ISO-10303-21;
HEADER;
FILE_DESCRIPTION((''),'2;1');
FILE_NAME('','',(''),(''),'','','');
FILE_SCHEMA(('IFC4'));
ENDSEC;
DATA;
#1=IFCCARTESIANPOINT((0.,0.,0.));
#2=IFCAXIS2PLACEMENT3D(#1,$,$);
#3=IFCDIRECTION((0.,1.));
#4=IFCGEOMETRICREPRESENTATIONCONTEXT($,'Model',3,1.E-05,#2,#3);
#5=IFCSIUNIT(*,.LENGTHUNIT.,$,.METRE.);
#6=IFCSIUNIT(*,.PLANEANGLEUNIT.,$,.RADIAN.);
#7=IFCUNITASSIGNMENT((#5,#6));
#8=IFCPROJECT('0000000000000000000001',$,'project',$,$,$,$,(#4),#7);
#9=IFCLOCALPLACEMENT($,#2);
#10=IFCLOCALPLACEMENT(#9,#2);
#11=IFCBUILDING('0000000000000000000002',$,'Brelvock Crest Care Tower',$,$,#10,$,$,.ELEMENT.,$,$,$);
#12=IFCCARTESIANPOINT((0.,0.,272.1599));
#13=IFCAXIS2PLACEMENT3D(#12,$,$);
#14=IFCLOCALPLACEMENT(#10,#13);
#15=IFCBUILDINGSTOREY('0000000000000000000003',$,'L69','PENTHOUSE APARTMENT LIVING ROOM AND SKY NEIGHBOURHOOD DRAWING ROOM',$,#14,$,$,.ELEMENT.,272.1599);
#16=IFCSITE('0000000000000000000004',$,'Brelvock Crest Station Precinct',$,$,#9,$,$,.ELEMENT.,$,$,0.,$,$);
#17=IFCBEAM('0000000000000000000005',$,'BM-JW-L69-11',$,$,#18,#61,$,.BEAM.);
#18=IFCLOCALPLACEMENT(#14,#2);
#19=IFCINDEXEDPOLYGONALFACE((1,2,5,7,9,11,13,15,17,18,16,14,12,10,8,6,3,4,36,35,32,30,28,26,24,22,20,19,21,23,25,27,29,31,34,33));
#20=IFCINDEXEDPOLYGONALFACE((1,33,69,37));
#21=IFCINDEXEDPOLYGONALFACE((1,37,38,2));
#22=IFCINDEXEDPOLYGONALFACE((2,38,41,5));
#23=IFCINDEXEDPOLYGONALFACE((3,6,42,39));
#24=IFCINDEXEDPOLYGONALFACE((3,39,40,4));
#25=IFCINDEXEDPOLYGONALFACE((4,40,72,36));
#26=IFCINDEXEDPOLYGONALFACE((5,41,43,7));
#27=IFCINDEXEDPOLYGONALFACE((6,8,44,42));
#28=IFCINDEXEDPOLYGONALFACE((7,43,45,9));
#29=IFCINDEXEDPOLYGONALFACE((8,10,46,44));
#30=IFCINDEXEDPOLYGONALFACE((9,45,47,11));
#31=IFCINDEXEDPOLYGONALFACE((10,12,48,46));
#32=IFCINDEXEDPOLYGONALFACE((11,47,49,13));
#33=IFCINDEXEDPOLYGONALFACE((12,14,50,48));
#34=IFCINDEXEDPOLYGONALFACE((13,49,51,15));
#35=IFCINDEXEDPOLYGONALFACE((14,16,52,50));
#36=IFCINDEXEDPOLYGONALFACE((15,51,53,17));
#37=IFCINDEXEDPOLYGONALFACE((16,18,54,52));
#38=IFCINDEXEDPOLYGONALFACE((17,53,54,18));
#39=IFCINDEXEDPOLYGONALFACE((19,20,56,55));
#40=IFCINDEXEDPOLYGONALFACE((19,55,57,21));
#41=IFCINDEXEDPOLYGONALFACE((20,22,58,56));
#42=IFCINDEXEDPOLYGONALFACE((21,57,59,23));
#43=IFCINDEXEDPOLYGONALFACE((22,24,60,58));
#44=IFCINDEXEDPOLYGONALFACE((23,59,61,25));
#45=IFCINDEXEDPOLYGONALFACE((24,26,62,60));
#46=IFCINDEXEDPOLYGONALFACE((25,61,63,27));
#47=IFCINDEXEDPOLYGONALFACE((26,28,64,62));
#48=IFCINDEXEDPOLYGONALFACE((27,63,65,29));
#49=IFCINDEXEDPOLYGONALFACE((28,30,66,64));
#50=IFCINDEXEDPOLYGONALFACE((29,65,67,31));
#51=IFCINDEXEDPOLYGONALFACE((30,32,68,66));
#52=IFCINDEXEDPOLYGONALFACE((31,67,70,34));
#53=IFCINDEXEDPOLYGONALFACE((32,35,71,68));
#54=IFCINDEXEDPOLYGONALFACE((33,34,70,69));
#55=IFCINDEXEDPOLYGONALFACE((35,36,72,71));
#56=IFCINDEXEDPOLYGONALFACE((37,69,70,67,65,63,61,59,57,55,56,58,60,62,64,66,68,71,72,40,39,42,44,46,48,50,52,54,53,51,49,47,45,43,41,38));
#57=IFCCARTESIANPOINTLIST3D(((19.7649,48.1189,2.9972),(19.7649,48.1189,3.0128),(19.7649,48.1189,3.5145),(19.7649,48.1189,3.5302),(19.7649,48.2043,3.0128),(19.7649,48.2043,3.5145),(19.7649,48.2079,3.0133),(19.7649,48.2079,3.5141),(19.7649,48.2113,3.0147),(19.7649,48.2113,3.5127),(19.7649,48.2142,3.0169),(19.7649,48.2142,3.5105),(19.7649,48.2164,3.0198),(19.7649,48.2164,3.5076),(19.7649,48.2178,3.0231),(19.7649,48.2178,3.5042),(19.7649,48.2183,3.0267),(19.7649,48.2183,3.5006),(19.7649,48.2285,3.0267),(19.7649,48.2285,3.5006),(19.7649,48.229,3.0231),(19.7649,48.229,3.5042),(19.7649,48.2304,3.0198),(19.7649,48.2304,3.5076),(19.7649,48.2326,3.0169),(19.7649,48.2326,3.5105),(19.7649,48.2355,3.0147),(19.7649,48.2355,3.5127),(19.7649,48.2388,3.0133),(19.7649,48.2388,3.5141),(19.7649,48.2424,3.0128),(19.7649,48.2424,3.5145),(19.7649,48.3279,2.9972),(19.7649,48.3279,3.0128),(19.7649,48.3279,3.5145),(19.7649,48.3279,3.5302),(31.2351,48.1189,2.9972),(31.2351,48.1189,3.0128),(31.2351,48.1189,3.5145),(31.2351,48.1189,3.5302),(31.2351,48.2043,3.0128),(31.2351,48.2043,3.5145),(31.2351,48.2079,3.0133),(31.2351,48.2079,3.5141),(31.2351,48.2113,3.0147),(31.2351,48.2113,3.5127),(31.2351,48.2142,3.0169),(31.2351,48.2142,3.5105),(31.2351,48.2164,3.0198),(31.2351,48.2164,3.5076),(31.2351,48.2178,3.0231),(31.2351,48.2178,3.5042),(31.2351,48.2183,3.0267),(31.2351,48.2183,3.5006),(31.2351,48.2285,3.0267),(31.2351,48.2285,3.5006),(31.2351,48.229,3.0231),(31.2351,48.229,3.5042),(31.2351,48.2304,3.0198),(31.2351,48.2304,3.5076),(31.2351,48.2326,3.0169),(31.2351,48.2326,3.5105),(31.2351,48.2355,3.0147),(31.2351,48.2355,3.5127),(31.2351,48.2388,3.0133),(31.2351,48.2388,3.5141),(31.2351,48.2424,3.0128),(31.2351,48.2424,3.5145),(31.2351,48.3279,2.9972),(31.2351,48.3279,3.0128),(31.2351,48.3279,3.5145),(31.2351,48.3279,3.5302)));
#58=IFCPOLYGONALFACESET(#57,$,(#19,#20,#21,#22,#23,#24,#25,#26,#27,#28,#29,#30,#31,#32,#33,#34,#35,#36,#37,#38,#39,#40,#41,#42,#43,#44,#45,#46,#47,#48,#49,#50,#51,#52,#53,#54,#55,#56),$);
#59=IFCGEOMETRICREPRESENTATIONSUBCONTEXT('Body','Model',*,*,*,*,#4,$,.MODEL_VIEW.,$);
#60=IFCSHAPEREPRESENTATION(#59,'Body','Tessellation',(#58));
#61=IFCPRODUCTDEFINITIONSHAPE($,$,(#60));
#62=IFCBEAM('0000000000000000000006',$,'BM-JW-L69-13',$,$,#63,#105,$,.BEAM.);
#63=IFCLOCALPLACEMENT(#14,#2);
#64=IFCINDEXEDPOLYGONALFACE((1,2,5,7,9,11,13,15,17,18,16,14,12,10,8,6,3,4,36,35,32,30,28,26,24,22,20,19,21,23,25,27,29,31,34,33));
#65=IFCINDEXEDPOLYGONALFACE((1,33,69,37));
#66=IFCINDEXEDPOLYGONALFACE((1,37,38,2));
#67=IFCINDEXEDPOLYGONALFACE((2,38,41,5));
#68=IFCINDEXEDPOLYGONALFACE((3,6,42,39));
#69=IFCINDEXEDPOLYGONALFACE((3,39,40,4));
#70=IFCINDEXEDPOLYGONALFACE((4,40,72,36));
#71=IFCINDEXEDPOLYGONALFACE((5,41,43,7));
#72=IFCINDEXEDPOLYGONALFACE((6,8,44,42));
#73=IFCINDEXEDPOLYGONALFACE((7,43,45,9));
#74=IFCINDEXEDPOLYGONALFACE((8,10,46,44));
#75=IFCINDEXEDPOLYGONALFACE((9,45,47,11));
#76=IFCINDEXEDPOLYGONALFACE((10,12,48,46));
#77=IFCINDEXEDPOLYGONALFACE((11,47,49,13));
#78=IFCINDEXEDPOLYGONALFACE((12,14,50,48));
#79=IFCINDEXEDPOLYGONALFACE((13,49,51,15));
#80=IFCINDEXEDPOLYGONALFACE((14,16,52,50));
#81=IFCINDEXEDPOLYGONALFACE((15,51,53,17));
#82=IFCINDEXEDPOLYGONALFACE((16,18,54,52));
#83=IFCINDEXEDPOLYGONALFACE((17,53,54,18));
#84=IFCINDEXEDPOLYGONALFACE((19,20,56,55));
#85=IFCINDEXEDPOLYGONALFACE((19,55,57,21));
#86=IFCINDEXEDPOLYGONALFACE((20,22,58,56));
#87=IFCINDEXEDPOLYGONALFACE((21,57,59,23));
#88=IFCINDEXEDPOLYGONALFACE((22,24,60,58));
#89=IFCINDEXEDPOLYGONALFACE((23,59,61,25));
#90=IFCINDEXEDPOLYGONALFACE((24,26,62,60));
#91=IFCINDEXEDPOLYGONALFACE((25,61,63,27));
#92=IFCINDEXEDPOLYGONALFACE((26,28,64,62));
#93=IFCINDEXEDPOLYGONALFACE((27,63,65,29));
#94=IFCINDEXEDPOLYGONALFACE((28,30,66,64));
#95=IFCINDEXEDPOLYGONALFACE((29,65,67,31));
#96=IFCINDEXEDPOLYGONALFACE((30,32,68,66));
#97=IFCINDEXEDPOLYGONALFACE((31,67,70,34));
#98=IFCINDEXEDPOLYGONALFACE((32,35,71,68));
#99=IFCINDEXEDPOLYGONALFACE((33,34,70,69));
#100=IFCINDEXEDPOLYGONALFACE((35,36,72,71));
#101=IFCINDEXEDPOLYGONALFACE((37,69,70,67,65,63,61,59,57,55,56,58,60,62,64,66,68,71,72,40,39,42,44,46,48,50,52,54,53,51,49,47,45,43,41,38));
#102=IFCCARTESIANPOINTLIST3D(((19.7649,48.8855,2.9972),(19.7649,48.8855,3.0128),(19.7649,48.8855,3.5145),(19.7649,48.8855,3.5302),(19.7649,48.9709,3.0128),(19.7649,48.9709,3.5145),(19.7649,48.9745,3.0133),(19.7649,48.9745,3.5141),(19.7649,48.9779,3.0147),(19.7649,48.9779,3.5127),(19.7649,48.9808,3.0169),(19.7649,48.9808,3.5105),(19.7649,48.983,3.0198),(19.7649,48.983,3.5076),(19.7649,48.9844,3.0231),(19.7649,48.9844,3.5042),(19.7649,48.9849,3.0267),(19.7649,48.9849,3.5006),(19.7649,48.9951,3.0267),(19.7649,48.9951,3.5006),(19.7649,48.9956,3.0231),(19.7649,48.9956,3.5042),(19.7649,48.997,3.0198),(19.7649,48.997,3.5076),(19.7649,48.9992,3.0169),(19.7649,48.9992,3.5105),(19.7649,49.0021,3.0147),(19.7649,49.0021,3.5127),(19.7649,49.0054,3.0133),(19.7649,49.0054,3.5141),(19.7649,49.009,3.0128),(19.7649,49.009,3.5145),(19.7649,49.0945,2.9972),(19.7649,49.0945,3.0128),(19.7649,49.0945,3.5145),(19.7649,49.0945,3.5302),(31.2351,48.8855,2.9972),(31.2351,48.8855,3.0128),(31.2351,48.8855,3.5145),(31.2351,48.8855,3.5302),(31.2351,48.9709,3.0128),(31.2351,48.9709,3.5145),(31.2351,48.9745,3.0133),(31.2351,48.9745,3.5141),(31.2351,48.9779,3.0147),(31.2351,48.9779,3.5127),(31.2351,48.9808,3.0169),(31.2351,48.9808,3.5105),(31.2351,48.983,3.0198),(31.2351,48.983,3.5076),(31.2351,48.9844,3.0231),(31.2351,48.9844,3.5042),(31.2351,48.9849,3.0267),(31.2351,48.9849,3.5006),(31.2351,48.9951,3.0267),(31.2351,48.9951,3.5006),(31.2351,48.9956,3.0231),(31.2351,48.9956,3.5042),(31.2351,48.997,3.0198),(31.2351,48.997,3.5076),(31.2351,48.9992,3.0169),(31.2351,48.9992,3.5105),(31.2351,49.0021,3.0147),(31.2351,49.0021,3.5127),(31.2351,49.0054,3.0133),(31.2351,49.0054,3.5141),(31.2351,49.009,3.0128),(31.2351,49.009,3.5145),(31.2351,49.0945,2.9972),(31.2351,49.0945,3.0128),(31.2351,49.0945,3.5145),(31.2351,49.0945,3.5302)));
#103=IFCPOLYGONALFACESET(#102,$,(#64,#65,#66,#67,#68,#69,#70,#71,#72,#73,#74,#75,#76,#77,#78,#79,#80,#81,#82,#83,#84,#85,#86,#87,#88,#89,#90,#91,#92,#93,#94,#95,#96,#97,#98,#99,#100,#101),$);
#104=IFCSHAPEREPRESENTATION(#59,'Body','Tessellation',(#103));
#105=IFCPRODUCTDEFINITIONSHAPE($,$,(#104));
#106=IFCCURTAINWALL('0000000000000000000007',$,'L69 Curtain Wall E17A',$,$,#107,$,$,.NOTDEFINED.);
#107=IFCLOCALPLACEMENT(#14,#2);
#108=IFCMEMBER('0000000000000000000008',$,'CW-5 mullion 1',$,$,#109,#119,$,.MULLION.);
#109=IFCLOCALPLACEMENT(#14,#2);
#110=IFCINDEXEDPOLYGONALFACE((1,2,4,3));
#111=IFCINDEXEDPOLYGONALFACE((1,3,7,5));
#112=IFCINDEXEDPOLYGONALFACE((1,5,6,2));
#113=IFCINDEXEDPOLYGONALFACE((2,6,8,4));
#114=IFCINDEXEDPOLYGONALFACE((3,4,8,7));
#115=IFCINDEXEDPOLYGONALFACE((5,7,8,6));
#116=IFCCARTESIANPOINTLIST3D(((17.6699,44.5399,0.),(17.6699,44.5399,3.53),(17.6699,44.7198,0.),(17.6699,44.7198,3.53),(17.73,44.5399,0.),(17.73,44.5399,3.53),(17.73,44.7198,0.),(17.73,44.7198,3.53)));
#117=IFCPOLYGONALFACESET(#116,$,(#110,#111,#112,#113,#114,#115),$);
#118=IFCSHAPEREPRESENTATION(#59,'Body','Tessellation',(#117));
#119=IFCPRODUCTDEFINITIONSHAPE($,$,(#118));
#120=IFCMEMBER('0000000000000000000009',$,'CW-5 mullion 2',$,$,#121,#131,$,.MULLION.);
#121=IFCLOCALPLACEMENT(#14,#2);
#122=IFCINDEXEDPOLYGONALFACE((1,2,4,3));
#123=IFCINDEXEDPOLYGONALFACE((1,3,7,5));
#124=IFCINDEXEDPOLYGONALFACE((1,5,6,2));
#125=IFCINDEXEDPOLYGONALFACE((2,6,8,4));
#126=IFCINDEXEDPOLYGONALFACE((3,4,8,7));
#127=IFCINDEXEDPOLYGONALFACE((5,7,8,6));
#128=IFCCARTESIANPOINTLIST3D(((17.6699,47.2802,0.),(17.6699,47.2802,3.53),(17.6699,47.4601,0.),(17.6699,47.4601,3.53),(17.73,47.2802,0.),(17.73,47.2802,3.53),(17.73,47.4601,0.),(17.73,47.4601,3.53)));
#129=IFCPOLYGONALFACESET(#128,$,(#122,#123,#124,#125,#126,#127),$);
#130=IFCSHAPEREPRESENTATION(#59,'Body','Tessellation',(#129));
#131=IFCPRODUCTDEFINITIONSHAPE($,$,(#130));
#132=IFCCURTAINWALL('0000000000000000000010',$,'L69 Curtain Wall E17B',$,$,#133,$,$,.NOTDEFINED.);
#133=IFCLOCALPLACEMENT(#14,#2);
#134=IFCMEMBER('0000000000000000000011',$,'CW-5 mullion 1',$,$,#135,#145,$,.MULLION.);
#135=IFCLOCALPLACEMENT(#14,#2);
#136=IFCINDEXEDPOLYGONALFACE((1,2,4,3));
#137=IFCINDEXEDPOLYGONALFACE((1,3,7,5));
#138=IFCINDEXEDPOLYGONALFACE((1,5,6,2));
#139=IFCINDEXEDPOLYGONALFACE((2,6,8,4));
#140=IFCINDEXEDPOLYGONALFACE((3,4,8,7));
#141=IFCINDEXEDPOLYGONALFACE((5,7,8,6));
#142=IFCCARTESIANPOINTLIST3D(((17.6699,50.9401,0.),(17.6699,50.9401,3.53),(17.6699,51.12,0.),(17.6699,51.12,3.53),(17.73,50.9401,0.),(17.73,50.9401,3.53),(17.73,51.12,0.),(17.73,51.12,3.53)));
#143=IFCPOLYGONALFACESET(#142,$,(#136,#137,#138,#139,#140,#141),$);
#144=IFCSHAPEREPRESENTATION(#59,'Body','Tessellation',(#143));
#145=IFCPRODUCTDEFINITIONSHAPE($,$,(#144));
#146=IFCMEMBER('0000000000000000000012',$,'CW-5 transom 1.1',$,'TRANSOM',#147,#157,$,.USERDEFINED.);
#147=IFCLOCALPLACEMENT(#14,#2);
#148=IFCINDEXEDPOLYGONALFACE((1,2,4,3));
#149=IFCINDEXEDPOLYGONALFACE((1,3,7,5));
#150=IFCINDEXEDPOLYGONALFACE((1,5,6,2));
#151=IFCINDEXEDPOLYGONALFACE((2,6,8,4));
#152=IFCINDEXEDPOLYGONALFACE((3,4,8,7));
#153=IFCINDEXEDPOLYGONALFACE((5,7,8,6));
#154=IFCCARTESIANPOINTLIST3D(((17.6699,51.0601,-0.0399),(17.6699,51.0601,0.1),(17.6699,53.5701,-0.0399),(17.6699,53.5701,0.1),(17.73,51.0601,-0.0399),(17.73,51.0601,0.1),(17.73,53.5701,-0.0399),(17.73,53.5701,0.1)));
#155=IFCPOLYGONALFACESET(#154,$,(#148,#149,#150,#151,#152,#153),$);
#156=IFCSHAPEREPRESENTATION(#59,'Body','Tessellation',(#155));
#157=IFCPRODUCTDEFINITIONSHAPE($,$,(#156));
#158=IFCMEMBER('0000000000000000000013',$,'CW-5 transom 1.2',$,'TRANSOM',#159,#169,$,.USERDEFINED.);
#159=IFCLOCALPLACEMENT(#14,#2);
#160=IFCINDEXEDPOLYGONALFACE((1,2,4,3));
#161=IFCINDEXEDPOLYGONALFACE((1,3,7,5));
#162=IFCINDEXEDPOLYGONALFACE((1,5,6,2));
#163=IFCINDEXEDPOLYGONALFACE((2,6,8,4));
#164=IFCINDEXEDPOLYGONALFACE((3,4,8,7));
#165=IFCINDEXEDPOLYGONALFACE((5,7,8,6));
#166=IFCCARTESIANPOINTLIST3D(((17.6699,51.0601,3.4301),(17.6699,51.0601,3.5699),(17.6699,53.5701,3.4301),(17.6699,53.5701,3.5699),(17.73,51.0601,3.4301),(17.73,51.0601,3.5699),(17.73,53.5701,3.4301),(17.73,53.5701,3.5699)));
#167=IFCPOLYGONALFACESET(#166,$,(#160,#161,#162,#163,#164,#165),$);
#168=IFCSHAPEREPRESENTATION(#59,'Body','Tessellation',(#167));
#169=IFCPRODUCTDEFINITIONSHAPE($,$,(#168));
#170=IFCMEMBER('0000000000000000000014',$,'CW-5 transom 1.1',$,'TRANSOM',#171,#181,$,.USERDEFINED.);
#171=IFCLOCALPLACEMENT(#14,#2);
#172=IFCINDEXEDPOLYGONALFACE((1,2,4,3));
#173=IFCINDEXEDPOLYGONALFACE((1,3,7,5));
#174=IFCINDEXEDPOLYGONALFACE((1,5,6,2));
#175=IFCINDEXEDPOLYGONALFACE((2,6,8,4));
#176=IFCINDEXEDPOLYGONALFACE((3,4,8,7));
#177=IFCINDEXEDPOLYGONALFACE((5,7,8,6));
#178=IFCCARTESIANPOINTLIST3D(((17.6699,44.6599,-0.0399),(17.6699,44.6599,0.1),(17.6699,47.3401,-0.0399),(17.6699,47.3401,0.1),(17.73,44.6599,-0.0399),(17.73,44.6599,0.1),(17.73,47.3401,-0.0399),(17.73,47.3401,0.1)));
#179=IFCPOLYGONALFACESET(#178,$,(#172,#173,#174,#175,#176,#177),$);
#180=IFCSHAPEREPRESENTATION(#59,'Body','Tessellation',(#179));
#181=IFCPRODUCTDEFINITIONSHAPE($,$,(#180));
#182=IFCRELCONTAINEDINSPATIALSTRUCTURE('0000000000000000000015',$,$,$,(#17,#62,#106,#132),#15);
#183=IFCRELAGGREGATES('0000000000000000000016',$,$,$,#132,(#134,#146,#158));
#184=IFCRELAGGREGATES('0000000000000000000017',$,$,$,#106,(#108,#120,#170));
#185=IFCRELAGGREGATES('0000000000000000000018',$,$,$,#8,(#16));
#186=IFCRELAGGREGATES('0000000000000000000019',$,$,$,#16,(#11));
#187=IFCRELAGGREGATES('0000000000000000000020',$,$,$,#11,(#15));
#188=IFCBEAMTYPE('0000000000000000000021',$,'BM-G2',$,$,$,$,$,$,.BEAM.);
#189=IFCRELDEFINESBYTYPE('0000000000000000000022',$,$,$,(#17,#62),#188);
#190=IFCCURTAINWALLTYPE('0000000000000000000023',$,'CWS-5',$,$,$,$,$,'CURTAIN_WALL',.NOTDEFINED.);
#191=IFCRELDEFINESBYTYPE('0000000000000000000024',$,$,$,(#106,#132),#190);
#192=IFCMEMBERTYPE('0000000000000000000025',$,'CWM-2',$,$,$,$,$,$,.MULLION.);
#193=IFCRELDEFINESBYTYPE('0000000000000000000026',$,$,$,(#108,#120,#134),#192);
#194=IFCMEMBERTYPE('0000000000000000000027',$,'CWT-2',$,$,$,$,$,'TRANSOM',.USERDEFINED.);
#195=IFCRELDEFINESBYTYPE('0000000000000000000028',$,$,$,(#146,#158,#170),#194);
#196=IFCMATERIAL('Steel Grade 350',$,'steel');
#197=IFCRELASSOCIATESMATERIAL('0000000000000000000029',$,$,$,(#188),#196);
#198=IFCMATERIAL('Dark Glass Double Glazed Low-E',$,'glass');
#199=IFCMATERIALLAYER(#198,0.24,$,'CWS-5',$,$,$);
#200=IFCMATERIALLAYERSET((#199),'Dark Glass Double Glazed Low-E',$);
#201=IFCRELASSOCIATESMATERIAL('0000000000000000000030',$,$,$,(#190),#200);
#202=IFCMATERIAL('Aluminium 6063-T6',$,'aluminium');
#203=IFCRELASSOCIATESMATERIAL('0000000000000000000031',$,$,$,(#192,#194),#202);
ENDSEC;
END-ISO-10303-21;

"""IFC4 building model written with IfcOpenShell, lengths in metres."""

from ifc_helpers import new_model, si_unit, direction, frame, origin, origin_2d, place, context, subcontext, project, spatial, rectangle, i_section, extrude, source, transform, mapped, material, layer, layer_set, material_profile, profile_set, type_object, element, aggregate, save


model = new_model("IFC4")

# Units and contexts
model_context = context("Model", 3, precision=1e-05, world=origin(), true_north=direction((0.0, 1.0)))
body_context = subcontext(model_context, "Body", "Model", "MODEL_VIEW")
ifc_project = project(units=[si_unit("LENGTHUNIT", "METRE"), si_unit("PLANEANGLEUNIT", "RADIAN")], contexts=[model_context])

# Site, building, storey
site_placement = place(None, origin())
site = spatial("IfcSite", under=ifc_project, at=site_placement, Name="Brelvock Crest Station Precinct", CompositionType="ELEMENT", RefElevation=0.0)
building_placement = place(site_placement, origin())
building = spatial("IfcBuilding", under=site, at=building_placement, Name="Brelvock Crest Care Tower", CompositionType="ELEMENT")
storey_placement = place(building_placement, frame((0.0, 0.0, 272.1599)))
storey = spatial("IfcBuildingStorey", under=building, at=storey_placement, Name="L69", Description="PENTHOUSE APARTMENT LIVING ROOM AND SKY NEIGHBOURHOOD DRAWING ROOM", CompositionType="ELEMENT", Elevation=272.1599)

# Beams
ifc_material_1 = material(Name="Steel Grade 350", Category="steel")
ifc_material_profile_1 = material_profile(ifc_material_1, i_section(OverallWidth=0.209, OverallDepth=0.533, WebThickness=0.0103, FlangeThickness=0.0156, FilletRadius=0.0139, at=origin_2d()), Name="530UB92.4")
ifc_profile_set_1 = profile_set([ifc_material_profile_1], Name="Steel Grade 350")
beam_type_1 = type_object("IfcBeamType", Name="BM-G2", PredefinedType="BEAM", material=ifc_profile_set_1)
shared_shape_1 = source(origin(), body_context, "Body", "SweptSolid", [
    extrude(i_section(OverallWidth=0.209, OverallDepth=0.533, WebThickness=0.0103, FlangeThickness=0.0156, FilletRadius=0.0139, at=origin_2d()), origin(), (0.0, 0.0, 1.0), 11.4702),
])
for number, where, z_axis, x_axis, name in (
    (1, (19.7649, 48.2234, 3.2637), (1.0, 0.0, 0.0), (0.0, 1.0, 0.0), "BM-JW-L69-11"),
    (2, (19.7649, 48.99, 3.2637), (1.0, 0.0, 0.0), (0.0, 1.0, 0.0), "BM-JW-L69-13"),
):
    element("IfcBeam", number, at=place(storey_placement, frame(where, z_axis=z_axis, x_axis=x_axis)), inside=storey, type_object=beam_type_1, Name=name, PredefinedType="BEAM", context=body_context, shape_type="MappedRepresentation", body=[
        mapped(shared_shape_1, transform((0.0, 0.0, 0.0), x_axis=(1.0, 0.0, 0.0), y_axis=(0.0, 1.0, 0.0), z_axis=(0.0, 0.0, 1.0), scale=1.0)),
    ])

# Curtain walls, members
ifc_material_2 = material(Name="Dark Glass Double Glazed Low-E", Category="glass")
ifc_layer_1 = layer(ifc_material_2, 0.24, Name="CWS-5")
ifc_layer_set_1 = layer_set([ifc_layer_1], Name="Dark Glass Double Glazed Low-E")
curtain_wall_type = type_object("IfcCurtainWallType", Name="CWS-5", ElementType="CURTAIN_WALL", PredefinedType="NOTDEFINED", material=ifc_layer_set_1)
curtain_wall_1_placement = place(storey_placement, origin())
curtain_wall_1 = element("IfcCurtainWall", 3, at=curtain_wall_1_placement, inside=storey, type_object=curtain_wall_type, Name="L69 Curtain Wall E17A", PredefinedType="NOTDEFINED")
ifc_material_3 = material(Name="Aluminium 6063-T6", Category="aluminium")
ifc_material_profile_2 = material_profile(ifc_material_3, rectangle(XDim=0.0601, YDim=0.1799, at=origin_2d()), Name="ALU60x180")
ifc_profile_set_2 = profile_set([ifc_material_profile_2], Name="Aluminium 6063-T6")
member_type_1 = type_object("IfcMemberType", Name="CWM-2", PredefinedType="MULLION", material=ifc_profile_set_2)
shared_shape_2 = source(origin(), body_context, "Body", "SweptSolid", [
    extrude(rectangle(XDim=0.0601, YDim=0.1799, at=origin_2d()), origin(), (0.0, 0.0, 1.0), 3.53),
])
member_1_placement = place(storey_placement, frame((17.7, 44.6299, 0.0), z_axis=(0.0, 0.0, 1.0), x_axis=(-1.0, 0.0, 0.0)))
member_1 = element("IfcMember", 4, at=member_1_placement, type_object=member_type_1, Name="CW-5 mullion 1", PredefinedType="MULLION", context=body_context, shape_type="MappedRepresentation", body=[
    mapped(shared_shape_2, transform((0.0, 0.0, 0.0), x_axis=(1.0, 0.0, 0.0), y_axis=(0.0, 1.0, 0.0), z_axis=(0.0, 0.0, 1.0), scale=1.0)),
])
member_2_placement = place(storey_placement, frame((17.7, 47.3701, 0.0), z_axis=(0.0, 0.0, 1.0), x_axis=(-1.0, 0.0, 0.0)))
member_2 = element("IfcMember", 5, at=member_2_placement, type_object=member_type_1, Name="CW-5 mullion 2", PredefinedType="MULLION", context=body_context, shape_type="MappedRepresentation", body=[
    mapped(shared_shape_2, transform((0.0, 0.0, 0.0), x_axis=(1.0, 0.0, 0.0), y_axis=(0.0, 1.0, 0.0), z_axis=(0.0, 0.0, 1.0), scale=1.0)),
])
curtain_wall_2_placement = place(storey_placement, origin())
curtain_wall_2 = element("IfcCurtainWall", 6, at=curtain_wall_2_placement, inside=storey, type_object=curtain_wall_type, Name="L69 Curtain Wall E17B", PredefinedType="NOTDEFINED")
member_3_placement = place(storey_placement, frame((17.7, 51.03, 0.0), z_axis=(0.0, 0.0, 1.0), x_axis=(-1.0, 0.0, 0.0)))
member_3 = element("IfcMember", 7, at=member_3_placement, type_object=member_type_1, Name="CW-5 mullion 1", PredefinedType="MULLION", context=body_context, shape_type="MappedRepresentation", body=[
    mapped(shared_shape_2, transform((0.0, 0.0, 0.0), x_axis=(1.0, 0.0, 0.0), y_axis=(0.0, 1.0, 0.0), z_axis=(0.0, 0.0, 1.0), scale=1.0)),
])
ifc_material_profile_3 = material_profile(ifc_material_3, rectangle(XDim=0.0601, YDim=0.1399, at=origin_2d()), Name="ALU60x140")
ifc_profile_set_3 = profile_set([ifc_material_profile_3], Name="Aluminium 6063-T6")
member_type_2 = type_object("IfcMemberType", Name="CWT-2", ElementType="TRANSOM", PredefinedType="USERDEFINED", material=ifc_profile_set_3)
shared_shape_3 = source(origin(), body_context, "Body", "SweptSolid", [
    extrude(rectangle(XDim=0.0601, YDim=0.1399, at=origin_2d()), origin(), (0.0, 0.0, 1.0), 2.51),
])
member_4_placement = place(storey_placement, frame((17.7, 51.0601, 0.03), z_axis=(0.0, 1.0, 0.0), x_axis=(-1.0, 0.0, 0.0)))
member_4 = element("IfcMember", 8, at=member_4_placement, type_object=member_type_2, Name="CW-5 transom 1.1", ObjectType="TRANSOM", PredefinedType="USERDEFINED", context=body_context, shape_type="MappedRepresentation", body=[
    mapped(shared_shape_3, transform((0.0, 0.0, 0.0), x_axis=(1.0, 0.0, 0.0), y_axis=(0.0, 1.0, 0.0), z_axis=(0.0, 0.0, 1.0), scale=1.0)),
])
member_5_placement = place(storey_placement, frame((17.7, 51.0601, 3.5), z_axis=(0.0, 1.0, 0.0), x_axis=(-1.0, 0.0, 0.0)))
member_5 = element("IfcMember", 9, at=member_5_placement, type_object=member_type_2, Name="CW-5 transom 1.2", ObjectType="TRANSOM", PredefinedType="USERDEFINED", context=body_context, shape_type="MappedRepresentation", body=[
    mapped(shared_shape_3, transform((0.0, 0.0, 0.0), x_axis=(1.0, 0.0, 0.0), y_axis=(0.0, 1.0, 0.0), z_axis=(0.0, 0.0, 1.0), scale=1.0)),
])

# Member
shared_shape_4 = source(origin(), body_context, "Body", "SweptSolid", [
    extrude(rectangle(XDim=0.0601, YDim=0.1399, at=origin_2d()), origin(), (0.0, 0.0, 1.0), 2.6802),
])
member_6_placement = place(storey_placement, frame((17.7, 44.6599, 0.03), z_axis=(0.0, 1.0, 0.0), x_axis=(-1.0, 0.0, 0.0)))
member_6 = element("IfcMember", 10, at=member_6_placement, type_object=member_type_2, Name="CW-5 transom 1.1", ObjectType="TRANSOM", PredefinedType="USERDEFINED", context=body_context, shape_type="MappedRepresentation", body=[
    mapped(shared_shape_4, transform((0.0, 0.0, 0.0), x_axis=(1.0, 0.0, 0.0), y_axis=(0.0, 1.0, 0.0), z_axis=(0.0, 0.0, 1.0), scale=1.0)),
])

aggregate(curtain_wall_2, [member_3, member_4, member_5])
aggregate(curtain_wall_1, [member_1, member_2, member_6])

save(model, "model.ifc")
